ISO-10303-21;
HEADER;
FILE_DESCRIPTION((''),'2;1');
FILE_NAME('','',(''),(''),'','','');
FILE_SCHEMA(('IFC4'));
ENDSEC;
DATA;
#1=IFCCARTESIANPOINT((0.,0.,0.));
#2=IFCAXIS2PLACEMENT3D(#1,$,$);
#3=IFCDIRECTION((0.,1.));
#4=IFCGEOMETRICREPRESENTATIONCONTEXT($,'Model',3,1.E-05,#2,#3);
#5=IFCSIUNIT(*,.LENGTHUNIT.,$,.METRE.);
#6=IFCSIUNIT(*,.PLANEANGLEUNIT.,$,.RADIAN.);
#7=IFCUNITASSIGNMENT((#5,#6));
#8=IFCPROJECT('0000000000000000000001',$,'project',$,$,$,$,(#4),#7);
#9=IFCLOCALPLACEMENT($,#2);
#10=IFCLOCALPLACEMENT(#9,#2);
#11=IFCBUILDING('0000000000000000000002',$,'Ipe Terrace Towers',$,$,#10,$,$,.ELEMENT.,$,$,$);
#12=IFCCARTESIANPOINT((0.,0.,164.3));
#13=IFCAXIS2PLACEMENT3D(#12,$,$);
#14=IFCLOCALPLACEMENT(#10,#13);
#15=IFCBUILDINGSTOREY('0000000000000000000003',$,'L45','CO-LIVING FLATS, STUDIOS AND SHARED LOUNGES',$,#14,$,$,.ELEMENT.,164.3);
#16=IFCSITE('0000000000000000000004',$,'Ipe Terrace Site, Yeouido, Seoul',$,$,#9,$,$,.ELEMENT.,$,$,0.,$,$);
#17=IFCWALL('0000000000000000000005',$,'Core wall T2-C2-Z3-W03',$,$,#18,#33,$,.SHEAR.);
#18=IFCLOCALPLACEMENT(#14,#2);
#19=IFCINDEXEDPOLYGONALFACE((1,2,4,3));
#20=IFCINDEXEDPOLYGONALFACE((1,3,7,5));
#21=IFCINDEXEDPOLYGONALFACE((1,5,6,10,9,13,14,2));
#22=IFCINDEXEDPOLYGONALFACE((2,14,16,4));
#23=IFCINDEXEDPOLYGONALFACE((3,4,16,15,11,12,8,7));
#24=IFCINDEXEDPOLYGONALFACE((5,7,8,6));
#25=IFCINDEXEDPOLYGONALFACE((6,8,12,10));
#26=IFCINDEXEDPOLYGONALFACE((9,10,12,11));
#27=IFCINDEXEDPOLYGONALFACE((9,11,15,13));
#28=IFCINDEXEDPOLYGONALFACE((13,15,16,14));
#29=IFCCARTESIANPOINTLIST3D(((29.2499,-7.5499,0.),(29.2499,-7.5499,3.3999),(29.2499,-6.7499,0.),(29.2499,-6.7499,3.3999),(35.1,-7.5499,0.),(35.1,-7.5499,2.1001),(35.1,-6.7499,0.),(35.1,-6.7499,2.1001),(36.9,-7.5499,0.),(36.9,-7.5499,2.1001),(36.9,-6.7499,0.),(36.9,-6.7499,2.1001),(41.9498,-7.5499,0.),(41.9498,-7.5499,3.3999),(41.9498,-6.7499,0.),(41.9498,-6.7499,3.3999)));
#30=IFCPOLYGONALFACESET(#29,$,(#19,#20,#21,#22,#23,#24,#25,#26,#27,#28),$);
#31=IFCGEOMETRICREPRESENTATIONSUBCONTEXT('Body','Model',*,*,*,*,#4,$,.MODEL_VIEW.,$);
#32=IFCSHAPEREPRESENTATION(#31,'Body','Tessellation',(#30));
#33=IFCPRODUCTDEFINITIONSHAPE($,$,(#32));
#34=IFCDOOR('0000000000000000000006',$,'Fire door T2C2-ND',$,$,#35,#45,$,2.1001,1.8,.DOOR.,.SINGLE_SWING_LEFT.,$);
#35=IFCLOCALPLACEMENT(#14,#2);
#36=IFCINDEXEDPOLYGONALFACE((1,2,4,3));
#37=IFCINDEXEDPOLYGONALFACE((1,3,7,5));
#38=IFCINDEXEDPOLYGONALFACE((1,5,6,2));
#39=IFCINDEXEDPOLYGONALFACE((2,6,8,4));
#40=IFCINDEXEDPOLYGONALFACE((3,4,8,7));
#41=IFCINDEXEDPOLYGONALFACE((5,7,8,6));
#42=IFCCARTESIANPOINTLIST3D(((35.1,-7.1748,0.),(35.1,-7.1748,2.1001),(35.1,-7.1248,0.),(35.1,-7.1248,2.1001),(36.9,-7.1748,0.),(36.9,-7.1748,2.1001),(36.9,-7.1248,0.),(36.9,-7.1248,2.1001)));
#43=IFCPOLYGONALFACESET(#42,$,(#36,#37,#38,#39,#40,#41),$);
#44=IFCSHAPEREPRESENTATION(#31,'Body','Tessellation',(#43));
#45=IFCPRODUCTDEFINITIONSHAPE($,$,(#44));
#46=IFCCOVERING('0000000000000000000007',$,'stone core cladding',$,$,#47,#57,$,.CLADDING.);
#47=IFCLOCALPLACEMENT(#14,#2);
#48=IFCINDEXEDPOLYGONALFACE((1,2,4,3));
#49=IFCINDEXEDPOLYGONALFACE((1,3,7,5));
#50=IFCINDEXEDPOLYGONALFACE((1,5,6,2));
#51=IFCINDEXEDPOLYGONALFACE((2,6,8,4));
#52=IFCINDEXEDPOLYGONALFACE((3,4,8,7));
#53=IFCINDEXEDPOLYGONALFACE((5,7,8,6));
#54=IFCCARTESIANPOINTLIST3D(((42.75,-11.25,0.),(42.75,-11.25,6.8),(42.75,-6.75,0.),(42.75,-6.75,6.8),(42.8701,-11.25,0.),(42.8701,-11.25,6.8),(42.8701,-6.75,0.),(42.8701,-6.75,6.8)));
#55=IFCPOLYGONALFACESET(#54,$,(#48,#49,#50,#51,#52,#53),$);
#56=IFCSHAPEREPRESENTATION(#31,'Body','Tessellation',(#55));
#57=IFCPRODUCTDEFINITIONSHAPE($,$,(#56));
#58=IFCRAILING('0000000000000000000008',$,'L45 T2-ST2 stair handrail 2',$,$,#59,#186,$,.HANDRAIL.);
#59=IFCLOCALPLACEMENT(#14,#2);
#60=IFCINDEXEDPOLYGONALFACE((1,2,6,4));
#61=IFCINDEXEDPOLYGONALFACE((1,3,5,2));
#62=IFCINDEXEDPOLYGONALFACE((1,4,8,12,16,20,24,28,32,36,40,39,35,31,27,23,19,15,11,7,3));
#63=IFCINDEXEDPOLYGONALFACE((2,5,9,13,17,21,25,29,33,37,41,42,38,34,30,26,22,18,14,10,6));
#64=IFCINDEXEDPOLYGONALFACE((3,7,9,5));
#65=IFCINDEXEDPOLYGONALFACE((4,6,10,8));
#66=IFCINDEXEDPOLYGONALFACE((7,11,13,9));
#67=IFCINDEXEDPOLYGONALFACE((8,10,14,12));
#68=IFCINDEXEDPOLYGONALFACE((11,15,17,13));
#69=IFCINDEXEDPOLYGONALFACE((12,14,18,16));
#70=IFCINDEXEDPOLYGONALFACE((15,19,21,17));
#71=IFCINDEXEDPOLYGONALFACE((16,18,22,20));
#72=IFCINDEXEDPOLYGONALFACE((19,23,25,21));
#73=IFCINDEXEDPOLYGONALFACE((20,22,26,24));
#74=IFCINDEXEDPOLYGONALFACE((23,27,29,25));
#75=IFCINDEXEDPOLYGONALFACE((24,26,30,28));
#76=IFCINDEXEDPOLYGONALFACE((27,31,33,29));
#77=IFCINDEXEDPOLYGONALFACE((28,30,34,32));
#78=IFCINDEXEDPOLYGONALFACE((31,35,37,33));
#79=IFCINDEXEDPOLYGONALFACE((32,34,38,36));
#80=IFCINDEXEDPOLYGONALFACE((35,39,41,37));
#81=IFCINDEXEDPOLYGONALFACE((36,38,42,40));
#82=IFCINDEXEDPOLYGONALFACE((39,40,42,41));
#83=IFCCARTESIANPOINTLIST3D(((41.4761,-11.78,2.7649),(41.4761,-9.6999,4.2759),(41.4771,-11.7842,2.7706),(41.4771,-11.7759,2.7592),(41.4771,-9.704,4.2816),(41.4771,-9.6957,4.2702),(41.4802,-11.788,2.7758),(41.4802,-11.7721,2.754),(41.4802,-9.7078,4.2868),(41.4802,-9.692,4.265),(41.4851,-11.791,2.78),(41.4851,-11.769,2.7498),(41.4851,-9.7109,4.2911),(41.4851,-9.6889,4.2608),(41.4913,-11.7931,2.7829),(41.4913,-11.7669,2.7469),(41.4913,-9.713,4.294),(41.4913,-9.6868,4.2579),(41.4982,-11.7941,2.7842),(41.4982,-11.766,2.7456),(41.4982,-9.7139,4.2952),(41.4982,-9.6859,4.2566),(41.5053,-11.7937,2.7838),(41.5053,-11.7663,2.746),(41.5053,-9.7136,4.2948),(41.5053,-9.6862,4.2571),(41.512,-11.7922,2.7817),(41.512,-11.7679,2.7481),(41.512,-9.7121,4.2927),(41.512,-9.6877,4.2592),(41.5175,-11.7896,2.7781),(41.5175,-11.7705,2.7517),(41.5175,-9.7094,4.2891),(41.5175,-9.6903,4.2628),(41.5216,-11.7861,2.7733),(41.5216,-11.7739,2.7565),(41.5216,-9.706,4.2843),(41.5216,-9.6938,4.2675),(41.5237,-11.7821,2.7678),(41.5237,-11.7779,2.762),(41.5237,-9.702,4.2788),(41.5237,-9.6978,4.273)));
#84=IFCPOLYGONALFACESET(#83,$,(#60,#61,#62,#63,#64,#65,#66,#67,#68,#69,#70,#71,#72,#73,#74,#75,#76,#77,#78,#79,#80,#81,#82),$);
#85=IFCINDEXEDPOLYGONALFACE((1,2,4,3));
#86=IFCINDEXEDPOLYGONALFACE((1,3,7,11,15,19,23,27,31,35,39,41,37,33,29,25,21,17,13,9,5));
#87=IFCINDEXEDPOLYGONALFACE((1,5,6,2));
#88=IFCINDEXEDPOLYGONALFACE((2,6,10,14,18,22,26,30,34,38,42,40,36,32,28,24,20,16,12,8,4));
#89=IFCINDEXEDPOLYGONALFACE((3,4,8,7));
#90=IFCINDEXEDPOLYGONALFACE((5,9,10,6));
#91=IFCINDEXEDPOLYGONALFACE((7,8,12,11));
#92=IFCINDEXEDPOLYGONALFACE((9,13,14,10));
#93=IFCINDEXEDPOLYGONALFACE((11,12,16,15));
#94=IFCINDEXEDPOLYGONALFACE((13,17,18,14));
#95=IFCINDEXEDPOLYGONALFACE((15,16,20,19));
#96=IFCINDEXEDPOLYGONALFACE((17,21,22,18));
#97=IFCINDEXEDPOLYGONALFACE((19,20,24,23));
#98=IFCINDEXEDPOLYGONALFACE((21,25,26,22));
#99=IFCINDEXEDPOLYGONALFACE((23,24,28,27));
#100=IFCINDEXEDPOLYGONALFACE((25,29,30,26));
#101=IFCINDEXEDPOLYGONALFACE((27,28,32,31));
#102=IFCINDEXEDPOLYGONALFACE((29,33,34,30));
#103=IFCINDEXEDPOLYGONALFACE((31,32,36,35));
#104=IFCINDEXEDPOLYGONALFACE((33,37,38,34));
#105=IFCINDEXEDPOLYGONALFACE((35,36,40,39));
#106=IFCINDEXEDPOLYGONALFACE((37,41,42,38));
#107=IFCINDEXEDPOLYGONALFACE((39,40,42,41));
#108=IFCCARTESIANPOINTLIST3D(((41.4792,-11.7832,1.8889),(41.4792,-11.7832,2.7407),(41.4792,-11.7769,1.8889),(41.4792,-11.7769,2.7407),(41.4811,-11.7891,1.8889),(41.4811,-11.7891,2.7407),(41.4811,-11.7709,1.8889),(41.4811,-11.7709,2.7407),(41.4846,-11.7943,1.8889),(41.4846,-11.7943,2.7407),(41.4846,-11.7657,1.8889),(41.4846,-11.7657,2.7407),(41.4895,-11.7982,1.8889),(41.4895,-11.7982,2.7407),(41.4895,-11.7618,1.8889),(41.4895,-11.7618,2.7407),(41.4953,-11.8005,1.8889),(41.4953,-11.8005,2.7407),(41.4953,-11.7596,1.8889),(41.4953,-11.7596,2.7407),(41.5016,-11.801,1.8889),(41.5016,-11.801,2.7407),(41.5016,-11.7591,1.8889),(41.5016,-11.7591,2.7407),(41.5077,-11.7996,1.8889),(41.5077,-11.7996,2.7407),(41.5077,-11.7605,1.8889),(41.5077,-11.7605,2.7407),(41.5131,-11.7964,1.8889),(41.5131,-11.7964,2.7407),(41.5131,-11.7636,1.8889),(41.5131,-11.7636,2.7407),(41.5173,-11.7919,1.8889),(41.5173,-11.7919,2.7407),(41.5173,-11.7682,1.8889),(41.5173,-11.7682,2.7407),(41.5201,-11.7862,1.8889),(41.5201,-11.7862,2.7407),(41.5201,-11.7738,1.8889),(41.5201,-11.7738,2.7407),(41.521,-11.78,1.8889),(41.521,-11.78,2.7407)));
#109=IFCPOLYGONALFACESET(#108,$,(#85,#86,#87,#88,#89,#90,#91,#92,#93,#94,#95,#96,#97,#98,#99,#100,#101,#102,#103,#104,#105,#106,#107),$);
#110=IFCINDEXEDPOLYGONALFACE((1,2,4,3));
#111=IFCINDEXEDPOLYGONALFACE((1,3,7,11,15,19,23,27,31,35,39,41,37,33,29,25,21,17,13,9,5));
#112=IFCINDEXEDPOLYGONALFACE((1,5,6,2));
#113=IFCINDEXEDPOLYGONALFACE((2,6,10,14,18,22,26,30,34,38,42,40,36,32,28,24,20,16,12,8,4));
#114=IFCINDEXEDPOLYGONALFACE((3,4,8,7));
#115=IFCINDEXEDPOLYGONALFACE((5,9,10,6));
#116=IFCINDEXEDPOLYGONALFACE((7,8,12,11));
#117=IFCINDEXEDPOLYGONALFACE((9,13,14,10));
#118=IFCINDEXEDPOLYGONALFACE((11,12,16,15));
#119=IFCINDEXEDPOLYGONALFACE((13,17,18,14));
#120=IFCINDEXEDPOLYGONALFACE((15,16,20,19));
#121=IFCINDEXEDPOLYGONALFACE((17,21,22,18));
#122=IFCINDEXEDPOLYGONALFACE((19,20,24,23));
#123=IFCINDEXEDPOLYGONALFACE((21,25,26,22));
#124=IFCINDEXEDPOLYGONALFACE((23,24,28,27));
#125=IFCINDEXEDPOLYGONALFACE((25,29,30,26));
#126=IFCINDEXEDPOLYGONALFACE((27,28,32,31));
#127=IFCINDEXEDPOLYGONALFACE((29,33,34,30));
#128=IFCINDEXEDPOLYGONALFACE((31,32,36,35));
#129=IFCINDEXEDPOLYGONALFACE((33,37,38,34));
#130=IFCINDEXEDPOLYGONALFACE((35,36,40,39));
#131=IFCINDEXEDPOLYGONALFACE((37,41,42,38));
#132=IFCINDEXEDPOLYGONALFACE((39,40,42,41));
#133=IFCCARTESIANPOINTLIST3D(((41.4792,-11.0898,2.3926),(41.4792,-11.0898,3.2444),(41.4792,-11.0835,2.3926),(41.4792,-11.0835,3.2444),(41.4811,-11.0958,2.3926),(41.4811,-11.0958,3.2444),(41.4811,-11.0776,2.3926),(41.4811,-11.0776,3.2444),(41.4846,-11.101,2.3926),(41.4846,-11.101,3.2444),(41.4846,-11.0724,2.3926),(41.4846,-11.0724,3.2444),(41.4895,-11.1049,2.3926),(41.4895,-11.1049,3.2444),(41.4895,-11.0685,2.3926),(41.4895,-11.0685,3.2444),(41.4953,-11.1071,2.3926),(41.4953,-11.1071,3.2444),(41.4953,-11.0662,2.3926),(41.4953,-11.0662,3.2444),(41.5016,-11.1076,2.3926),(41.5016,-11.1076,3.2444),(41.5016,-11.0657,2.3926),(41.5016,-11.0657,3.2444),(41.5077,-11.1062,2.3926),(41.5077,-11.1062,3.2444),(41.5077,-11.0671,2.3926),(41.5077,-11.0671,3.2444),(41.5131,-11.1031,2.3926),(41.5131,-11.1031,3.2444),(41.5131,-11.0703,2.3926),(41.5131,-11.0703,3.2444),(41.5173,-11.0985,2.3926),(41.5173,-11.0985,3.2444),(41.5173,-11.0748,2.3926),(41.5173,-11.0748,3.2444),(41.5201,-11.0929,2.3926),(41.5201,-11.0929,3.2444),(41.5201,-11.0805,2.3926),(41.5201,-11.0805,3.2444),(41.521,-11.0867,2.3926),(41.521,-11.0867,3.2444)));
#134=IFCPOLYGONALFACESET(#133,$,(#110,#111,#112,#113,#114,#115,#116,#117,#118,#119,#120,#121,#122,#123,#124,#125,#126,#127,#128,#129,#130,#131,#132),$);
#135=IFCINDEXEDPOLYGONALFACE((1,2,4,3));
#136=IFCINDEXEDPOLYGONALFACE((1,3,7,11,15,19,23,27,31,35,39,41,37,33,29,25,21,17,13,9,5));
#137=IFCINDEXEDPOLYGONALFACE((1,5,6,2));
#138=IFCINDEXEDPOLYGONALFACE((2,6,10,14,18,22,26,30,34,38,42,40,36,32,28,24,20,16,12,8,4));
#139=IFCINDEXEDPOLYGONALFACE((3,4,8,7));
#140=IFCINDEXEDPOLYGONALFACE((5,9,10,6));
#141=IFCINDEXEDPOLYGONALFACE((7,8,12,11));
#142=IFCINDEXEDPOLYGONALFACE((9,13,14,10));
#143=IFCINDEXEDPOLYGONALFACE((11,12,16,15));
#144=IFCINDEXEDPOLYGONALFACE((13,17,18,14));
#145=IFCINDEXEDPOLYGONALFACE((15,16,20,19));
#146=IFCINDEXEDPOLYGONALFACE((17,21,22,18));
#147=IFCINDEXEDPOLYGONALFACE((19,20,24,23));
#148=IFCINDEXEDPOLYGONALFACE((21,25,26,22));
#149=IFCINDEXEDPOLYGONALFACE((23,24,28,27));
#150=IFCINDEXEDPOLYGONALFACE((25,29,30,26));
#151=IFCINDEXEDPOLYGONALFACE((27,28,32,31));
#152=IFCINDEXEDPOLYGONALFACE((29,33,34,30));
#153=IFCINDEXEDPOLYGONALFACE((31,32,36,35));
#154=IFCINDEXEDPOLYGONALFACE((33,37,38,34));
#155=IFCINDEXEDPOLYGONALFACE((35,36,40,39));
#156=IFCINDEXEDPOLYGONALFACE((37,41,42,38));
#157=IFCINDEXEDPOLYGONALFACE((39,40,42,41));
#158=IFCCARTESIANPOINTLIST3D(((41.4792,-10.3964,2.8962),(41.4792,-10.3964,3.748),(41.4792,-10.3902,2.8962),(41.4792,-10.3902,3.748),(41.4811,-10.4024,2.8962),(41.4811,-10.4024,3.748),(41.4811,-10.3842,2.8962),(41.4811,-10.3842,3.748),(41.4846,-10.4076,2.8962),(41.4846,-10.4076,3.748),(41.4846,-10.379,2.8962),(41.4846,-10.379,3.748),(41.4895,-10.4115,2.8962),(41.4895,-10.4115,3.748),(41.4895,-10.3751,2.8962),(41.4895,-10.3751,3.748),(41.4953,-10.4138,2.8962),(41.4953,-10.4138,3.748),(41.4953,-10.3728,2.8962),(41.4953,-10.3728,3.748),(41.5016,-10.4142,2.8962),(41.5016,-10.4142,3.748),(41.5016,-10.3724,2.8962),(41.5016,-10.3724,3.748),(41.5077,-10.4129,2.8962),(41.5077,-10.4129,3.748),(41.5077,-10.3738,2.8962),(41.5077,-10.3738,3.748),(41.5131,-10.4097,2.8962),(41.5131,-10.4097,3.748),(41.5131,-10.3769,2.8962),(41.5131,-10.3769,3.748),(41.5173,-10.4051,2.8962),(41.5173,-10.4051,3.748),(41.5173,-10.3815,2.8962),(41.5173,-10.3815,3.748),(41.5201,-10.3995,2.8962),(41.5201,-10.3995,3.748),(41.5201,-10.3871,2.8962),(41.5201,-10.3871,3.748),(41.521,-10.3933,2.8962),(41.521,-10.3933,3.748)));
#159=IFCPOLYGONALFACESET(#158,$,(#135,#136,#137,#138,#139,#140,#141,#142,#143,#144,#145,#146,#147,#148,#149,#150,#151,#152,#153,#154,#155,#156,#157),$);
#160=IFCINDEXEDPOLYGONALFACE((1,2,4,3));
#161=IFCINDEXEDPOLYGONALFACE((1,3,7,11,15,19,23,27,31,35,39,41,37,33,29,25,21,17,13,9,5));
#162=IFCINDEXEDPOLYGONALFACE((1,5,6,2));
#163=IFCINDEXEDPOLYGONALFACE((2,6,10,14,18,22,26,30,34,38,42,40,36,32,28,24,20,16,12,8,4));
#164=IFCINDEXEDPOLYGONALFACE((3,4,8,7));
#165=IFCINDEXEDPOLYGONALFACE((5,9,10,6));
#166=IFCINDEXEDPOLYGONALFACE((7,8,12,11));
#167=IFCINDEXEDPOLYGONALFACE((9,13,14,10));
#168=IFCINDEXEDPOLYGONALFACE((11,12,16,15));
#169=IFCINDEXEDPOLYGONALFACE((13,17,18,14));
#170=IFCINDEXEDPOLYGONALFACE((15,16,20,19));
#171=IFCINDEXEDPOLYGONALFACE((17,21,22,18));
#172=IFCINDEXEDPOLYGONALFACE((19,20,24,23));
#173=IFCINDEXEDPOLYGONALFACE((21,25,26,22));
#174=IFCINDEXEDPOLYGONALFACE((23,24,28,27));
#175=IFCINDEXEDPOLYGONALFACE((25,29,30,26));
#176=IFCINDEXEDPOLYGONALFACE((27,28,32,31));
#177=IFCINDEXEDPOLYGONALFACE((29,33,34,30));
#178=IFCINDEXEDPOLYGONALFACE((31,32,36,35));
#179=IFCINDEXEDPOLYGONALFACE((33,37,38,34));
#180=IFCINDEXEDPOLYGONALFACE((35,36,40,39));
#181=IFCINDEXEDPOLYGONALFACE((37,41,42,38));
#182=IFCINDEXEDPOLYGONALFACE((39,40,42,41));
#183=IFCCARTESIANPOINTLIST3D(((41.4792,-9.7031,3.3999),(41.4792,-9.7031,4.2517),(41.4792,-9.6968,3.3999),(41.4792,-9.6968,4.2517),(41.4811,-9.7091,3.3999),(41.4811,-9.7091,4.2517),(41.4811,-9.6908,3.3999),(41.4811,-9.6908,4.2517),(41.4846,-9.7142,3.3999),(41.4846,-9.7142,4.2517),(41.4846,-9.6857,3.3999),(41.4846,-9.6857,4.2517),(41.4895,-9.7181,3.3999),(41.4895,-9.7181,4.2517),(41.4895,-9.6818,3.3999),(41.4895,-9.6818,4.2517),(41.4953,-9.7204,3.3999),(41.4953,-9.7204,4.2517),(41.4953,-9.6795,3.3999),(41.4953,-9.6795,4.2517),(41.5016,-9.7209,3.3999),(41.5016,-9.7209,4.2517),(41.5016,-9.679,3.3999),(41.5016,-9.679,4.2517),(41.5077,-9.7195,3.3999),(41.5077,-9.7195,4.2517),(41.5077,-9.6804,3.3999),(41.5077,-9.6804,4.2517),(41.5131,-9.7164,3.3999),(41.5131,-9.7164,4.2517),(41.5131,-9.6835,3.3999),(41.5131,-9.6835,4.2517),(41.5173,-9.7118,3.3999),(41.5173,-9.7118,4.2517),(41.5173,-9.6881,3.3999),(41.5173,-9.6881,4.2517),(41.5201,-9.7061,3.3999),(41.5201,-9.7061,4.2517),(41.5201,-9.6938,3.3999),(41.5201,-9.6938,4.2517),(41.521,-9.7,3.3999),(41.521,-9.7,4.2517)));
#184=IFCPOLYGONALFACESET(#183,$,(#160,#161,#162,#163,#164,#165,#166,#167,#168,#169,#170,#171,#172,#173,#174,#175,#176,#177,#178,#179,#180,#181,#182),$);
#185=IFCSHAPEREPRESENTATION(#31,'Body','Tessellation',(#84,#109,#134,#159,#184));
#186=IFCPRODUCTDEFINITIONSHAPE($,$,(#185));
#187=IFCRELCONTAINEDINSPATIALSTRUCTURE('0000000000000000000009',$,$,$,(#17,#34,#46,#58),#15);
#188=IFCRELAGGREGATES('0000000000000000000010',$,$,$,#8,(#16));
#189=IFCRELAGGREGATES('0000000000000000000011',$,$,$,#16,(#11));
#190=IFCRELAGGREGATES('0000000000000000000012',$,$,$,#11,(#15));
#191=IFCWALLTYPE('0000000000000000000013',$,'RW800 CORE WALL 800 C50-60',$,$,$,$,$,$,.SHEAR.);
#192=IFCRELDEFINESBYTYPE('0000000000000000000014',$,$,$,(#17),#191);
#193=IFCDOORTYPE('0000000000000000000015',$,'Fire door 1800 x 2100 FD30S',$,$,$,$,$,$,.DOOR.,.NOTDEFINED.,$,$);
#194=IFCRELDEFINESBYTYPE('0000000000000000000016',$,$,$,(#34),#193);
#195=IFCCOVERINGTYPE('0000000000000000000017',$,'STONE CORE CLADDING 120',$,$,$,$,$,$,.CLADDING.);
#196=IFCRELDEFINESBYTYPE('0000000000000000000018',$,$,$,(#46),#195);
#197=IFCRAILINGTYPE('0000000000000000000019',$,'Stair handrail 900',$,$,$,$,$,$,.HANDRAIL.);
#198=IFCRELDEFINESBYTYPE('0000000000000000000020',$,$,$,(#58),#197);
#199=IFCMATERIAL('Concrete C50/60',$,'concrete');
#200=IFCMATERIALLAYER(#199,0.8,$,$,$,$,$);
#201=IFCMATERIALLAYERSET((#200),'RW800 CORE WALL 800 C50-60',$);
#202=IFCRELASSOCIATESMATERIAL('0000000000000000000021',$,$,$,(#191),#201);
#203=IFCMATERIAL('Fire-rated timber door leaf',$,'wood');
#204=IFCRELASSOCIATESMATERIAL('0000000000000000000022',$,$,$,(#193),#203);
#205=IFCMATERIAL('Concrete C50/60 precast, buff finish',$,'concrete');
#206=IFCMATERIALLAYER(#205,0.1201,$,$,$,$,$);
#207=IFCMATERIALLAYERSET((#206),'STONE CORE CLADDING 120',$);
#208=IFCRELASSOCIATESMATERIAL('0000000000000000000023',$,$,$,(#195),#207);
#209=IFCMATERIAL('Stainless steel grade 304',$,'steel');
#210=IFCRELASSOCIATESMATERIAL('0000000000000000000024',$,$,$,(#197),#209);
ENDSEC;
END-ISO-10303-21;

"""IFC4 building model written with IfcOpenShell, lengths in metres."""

from ifc_helpers import new_model, si_unit, direction, frame, frame_2d, origin, origin_2d, place, context, subcontext, project, spatial, rectangle, circle, extrude, material, layer, layer_set, type_object, element, fill, save


model = new_model("IFC4")

# Units and contexts
model_context = context("Model", 3, precision=1e-05, world=origin(), true_north=direction((0.0, 1.0)))
body_context = subcontext(model_context, "Body", "Model", "MODEL_VIEW")
ifc_project = project(units=[si_unit("LENGTHUNIT", "METRE"), si_unit("PLANEANGLEUNIT", "RADIAN")], contexts=[model_context])

# Site, building, storey
site_placement = place(None, origin())
site = spatial("IfcSite", under=ifc_project, at=site_placement, Name="Ipe Terrace Site, Yeouido, Seoul", CompositionType="ELEMENT", RefElevation=0.0)
building_placement = place(site_placement, origin())
building = spatial("IfcBuilding", under=site, at=building_placement, Name="Ipe Terrace Towers", CompositionType="ELEMENT")
storey_placement = place(building_placement, frame((0.0, 0.0, 164.3)))
storey = spatial("IfcBuildingStorey", under=building, at=storey_placement, Name="L45", Description="CO-LIVING FLATS, STUDIOS AND SHARED LOUNGES", CompositionType="ELEMENT", Elevation=164.3)

# Shared definitions
ifc_material_1 = material(Name="Concrete C50/60", Category="concrete")
ifc_layer_1 = layer(ifc_material_1, 0.8)
ifc_layer_set_1 = layer_set([ifc_layer_1], Name="RW800 CORE WALL 800 C50-60")
wall_type_1 = type_object("IfcWallType", Name="RW800 CORE WALL 800 C50-60", PredefinedType="SHEAR", material=ifc_layer_set_1)

# Wall, opening, door
wall_1_placement = place(storey_placement, frame((41.95, -7.1499, 0.0), z_axis=(0.0, 0.0, 1.0), x_axis=(-1.0, 0.0, 0.0)))
wall_1 = element("IfcWall", 1, at=wall_1_placement, inside=storey, type_object=wall_type_1, Name="Core wall T2-C2-Z3-W03", PredefinedType="SHEAR", context=body_context, shape_type="SweptSolid", body=[
    extrude(rectangle(XDim=12.7, YDim=0.8, at=frame_2d((6.3501, 0.0))), origin(), (0.0, 0.0, 1.0), 3.3999),
])
opening_1_placement = place(wall_1_placement, frame((5.05, 0.0, 0.0)))
opening_1 = element("IfcOpeningElement", 2, at=opening_1_placement, cuts=wall_1, PredefinedType="OPENING", context=body_context, shape_type="SweptSolid", body=[
    extrude(rectangle(XDim=1.8, YDim=2.1001, at=frame_2d((0.8999, 1.05))), frame((0.0, 0.4102, 0.0), z_axis=(0.0, -1.0, 0.0), x_axis=(1.0, 0.0, 0.0)), (0.0, 0.0, 1.0), 0.8201),
])
ifc_material_2 = material(Name="Fire-rated timber door leaf", Category="wood")
door_type_1 = type_object("IfcDoorType", Name="Fire door 1800 x 2100 FD30S", OperationType="NOTDEFINED", PredefinedType="DOOR", material=ifc_material_2)
door_1_placement = place(opening_1_placement, origin())
door_1 = element("IfcDoor", 3, at=door_1_placement, inside=storey, type_object=door_type_1, Name="Fire door T2C2-ND", OperationType="SINGLE_SWING_LEFT", OverallHeight=2.1001, OverallWidth=1.8, PredefinedType="DOOR", context=body_context, shape_type="SweptSolid", body=[
    extrude(rectangle(XDim=1.8, YDim=2.1001, at=frame_2d((0.8999, 1.05))), frame((0.0, 0.0249, 0.0), z_axis=(0.0, -1.0, 0.0), x_axis=(1.0, 0.0, 0.0)), (0.0, 0.0, 1.0), 0.05),
])
fill(opening_1, door_1)

# Covering
ifc_material_3 = material(Name="Concrete C50/60 precast, buff finish", Category="concrete")
ifc_layer_2 = layer(ifc_material_3, 0.1201)
ifc_layer_set_2 = layer_set([ifc_layer_2], Name="STONE CORE CLADDING 120")
covering_type = type_object("IfcCoveringType", Name="STONE CORE CLADDING 120", PredefinedType="CLADDING", material=ifc_layer_set_2)
covering_placement = place(storey_placement, frame((42.8101, -9.0, 0.0), z_axis=(0.0, 0.0, 1.0), x_axis=(0.0, 1.0, 0.0)))
element("IfcCovering", 4, at=covering_placement, inside=storey, type_object=covering_type, Name="stone core cladding", PredefinedType="CLADDING", context=body_context, shape_type="SweptSolid", body=[
    extrude(rectangle(XDim=4.5, YDim=0.1201, at=origin_2d()), origin(), (0.0, 0.0, 1.0), 6.8),
])

# Railing
ifc_material_4 = material(Name="Stainless steel grade 304", Category="steel")
railing_type_1 = type_object("IfcRailingType", Name="Stair handrail 900", PredefinedType="HANDRAIL", material=ifc_material_4)
railing_1_placement = place(storey_placement, frame((41.5, -11.78, 1.8889)))
element("IfcRailing", 5, at=railing_1_placement, inside=storey, type_object=railing_type_1, Name="L45 T2-ST2 stair handrail 2", PredefinedType="HANDRAIL", context=body_context, shape_type="SweptSolid", body=[
    extrude(circle(Radius=0.0239, at=origin_2d()), frame((0.0, 0.0, 0.876), z_axis=(0.0, 0.809069, 0.587714), x_axis=(-1.0, 0.0, 0.0)), (0.0, 0.0, 1.0), 2.571),
    extrude(circle(Radius=0.021, at=origin_2d()), origin(), (0.0, 0.0, 1.0), 0.8518),
    extrude(circle(Radius=0.021, at=origin_2d()), frame((0.0, 0.6934, 0.5037)), (0.0, 0.0, 1.0), 0.8518),
    extrude(circle(Radius=0.021, at=origin_2d()), frame((0.0, 1.3867, 1.0073)), (0.0, 0.0, 1.0), 0.8518),
    extrude(circle(Radius=0.021, at=origin_2d()), frame((0.0, 2.0801, 1.511)), (0.0, 0.0, 1.0), 0.8518),
])

save(model, "model.ifc")
